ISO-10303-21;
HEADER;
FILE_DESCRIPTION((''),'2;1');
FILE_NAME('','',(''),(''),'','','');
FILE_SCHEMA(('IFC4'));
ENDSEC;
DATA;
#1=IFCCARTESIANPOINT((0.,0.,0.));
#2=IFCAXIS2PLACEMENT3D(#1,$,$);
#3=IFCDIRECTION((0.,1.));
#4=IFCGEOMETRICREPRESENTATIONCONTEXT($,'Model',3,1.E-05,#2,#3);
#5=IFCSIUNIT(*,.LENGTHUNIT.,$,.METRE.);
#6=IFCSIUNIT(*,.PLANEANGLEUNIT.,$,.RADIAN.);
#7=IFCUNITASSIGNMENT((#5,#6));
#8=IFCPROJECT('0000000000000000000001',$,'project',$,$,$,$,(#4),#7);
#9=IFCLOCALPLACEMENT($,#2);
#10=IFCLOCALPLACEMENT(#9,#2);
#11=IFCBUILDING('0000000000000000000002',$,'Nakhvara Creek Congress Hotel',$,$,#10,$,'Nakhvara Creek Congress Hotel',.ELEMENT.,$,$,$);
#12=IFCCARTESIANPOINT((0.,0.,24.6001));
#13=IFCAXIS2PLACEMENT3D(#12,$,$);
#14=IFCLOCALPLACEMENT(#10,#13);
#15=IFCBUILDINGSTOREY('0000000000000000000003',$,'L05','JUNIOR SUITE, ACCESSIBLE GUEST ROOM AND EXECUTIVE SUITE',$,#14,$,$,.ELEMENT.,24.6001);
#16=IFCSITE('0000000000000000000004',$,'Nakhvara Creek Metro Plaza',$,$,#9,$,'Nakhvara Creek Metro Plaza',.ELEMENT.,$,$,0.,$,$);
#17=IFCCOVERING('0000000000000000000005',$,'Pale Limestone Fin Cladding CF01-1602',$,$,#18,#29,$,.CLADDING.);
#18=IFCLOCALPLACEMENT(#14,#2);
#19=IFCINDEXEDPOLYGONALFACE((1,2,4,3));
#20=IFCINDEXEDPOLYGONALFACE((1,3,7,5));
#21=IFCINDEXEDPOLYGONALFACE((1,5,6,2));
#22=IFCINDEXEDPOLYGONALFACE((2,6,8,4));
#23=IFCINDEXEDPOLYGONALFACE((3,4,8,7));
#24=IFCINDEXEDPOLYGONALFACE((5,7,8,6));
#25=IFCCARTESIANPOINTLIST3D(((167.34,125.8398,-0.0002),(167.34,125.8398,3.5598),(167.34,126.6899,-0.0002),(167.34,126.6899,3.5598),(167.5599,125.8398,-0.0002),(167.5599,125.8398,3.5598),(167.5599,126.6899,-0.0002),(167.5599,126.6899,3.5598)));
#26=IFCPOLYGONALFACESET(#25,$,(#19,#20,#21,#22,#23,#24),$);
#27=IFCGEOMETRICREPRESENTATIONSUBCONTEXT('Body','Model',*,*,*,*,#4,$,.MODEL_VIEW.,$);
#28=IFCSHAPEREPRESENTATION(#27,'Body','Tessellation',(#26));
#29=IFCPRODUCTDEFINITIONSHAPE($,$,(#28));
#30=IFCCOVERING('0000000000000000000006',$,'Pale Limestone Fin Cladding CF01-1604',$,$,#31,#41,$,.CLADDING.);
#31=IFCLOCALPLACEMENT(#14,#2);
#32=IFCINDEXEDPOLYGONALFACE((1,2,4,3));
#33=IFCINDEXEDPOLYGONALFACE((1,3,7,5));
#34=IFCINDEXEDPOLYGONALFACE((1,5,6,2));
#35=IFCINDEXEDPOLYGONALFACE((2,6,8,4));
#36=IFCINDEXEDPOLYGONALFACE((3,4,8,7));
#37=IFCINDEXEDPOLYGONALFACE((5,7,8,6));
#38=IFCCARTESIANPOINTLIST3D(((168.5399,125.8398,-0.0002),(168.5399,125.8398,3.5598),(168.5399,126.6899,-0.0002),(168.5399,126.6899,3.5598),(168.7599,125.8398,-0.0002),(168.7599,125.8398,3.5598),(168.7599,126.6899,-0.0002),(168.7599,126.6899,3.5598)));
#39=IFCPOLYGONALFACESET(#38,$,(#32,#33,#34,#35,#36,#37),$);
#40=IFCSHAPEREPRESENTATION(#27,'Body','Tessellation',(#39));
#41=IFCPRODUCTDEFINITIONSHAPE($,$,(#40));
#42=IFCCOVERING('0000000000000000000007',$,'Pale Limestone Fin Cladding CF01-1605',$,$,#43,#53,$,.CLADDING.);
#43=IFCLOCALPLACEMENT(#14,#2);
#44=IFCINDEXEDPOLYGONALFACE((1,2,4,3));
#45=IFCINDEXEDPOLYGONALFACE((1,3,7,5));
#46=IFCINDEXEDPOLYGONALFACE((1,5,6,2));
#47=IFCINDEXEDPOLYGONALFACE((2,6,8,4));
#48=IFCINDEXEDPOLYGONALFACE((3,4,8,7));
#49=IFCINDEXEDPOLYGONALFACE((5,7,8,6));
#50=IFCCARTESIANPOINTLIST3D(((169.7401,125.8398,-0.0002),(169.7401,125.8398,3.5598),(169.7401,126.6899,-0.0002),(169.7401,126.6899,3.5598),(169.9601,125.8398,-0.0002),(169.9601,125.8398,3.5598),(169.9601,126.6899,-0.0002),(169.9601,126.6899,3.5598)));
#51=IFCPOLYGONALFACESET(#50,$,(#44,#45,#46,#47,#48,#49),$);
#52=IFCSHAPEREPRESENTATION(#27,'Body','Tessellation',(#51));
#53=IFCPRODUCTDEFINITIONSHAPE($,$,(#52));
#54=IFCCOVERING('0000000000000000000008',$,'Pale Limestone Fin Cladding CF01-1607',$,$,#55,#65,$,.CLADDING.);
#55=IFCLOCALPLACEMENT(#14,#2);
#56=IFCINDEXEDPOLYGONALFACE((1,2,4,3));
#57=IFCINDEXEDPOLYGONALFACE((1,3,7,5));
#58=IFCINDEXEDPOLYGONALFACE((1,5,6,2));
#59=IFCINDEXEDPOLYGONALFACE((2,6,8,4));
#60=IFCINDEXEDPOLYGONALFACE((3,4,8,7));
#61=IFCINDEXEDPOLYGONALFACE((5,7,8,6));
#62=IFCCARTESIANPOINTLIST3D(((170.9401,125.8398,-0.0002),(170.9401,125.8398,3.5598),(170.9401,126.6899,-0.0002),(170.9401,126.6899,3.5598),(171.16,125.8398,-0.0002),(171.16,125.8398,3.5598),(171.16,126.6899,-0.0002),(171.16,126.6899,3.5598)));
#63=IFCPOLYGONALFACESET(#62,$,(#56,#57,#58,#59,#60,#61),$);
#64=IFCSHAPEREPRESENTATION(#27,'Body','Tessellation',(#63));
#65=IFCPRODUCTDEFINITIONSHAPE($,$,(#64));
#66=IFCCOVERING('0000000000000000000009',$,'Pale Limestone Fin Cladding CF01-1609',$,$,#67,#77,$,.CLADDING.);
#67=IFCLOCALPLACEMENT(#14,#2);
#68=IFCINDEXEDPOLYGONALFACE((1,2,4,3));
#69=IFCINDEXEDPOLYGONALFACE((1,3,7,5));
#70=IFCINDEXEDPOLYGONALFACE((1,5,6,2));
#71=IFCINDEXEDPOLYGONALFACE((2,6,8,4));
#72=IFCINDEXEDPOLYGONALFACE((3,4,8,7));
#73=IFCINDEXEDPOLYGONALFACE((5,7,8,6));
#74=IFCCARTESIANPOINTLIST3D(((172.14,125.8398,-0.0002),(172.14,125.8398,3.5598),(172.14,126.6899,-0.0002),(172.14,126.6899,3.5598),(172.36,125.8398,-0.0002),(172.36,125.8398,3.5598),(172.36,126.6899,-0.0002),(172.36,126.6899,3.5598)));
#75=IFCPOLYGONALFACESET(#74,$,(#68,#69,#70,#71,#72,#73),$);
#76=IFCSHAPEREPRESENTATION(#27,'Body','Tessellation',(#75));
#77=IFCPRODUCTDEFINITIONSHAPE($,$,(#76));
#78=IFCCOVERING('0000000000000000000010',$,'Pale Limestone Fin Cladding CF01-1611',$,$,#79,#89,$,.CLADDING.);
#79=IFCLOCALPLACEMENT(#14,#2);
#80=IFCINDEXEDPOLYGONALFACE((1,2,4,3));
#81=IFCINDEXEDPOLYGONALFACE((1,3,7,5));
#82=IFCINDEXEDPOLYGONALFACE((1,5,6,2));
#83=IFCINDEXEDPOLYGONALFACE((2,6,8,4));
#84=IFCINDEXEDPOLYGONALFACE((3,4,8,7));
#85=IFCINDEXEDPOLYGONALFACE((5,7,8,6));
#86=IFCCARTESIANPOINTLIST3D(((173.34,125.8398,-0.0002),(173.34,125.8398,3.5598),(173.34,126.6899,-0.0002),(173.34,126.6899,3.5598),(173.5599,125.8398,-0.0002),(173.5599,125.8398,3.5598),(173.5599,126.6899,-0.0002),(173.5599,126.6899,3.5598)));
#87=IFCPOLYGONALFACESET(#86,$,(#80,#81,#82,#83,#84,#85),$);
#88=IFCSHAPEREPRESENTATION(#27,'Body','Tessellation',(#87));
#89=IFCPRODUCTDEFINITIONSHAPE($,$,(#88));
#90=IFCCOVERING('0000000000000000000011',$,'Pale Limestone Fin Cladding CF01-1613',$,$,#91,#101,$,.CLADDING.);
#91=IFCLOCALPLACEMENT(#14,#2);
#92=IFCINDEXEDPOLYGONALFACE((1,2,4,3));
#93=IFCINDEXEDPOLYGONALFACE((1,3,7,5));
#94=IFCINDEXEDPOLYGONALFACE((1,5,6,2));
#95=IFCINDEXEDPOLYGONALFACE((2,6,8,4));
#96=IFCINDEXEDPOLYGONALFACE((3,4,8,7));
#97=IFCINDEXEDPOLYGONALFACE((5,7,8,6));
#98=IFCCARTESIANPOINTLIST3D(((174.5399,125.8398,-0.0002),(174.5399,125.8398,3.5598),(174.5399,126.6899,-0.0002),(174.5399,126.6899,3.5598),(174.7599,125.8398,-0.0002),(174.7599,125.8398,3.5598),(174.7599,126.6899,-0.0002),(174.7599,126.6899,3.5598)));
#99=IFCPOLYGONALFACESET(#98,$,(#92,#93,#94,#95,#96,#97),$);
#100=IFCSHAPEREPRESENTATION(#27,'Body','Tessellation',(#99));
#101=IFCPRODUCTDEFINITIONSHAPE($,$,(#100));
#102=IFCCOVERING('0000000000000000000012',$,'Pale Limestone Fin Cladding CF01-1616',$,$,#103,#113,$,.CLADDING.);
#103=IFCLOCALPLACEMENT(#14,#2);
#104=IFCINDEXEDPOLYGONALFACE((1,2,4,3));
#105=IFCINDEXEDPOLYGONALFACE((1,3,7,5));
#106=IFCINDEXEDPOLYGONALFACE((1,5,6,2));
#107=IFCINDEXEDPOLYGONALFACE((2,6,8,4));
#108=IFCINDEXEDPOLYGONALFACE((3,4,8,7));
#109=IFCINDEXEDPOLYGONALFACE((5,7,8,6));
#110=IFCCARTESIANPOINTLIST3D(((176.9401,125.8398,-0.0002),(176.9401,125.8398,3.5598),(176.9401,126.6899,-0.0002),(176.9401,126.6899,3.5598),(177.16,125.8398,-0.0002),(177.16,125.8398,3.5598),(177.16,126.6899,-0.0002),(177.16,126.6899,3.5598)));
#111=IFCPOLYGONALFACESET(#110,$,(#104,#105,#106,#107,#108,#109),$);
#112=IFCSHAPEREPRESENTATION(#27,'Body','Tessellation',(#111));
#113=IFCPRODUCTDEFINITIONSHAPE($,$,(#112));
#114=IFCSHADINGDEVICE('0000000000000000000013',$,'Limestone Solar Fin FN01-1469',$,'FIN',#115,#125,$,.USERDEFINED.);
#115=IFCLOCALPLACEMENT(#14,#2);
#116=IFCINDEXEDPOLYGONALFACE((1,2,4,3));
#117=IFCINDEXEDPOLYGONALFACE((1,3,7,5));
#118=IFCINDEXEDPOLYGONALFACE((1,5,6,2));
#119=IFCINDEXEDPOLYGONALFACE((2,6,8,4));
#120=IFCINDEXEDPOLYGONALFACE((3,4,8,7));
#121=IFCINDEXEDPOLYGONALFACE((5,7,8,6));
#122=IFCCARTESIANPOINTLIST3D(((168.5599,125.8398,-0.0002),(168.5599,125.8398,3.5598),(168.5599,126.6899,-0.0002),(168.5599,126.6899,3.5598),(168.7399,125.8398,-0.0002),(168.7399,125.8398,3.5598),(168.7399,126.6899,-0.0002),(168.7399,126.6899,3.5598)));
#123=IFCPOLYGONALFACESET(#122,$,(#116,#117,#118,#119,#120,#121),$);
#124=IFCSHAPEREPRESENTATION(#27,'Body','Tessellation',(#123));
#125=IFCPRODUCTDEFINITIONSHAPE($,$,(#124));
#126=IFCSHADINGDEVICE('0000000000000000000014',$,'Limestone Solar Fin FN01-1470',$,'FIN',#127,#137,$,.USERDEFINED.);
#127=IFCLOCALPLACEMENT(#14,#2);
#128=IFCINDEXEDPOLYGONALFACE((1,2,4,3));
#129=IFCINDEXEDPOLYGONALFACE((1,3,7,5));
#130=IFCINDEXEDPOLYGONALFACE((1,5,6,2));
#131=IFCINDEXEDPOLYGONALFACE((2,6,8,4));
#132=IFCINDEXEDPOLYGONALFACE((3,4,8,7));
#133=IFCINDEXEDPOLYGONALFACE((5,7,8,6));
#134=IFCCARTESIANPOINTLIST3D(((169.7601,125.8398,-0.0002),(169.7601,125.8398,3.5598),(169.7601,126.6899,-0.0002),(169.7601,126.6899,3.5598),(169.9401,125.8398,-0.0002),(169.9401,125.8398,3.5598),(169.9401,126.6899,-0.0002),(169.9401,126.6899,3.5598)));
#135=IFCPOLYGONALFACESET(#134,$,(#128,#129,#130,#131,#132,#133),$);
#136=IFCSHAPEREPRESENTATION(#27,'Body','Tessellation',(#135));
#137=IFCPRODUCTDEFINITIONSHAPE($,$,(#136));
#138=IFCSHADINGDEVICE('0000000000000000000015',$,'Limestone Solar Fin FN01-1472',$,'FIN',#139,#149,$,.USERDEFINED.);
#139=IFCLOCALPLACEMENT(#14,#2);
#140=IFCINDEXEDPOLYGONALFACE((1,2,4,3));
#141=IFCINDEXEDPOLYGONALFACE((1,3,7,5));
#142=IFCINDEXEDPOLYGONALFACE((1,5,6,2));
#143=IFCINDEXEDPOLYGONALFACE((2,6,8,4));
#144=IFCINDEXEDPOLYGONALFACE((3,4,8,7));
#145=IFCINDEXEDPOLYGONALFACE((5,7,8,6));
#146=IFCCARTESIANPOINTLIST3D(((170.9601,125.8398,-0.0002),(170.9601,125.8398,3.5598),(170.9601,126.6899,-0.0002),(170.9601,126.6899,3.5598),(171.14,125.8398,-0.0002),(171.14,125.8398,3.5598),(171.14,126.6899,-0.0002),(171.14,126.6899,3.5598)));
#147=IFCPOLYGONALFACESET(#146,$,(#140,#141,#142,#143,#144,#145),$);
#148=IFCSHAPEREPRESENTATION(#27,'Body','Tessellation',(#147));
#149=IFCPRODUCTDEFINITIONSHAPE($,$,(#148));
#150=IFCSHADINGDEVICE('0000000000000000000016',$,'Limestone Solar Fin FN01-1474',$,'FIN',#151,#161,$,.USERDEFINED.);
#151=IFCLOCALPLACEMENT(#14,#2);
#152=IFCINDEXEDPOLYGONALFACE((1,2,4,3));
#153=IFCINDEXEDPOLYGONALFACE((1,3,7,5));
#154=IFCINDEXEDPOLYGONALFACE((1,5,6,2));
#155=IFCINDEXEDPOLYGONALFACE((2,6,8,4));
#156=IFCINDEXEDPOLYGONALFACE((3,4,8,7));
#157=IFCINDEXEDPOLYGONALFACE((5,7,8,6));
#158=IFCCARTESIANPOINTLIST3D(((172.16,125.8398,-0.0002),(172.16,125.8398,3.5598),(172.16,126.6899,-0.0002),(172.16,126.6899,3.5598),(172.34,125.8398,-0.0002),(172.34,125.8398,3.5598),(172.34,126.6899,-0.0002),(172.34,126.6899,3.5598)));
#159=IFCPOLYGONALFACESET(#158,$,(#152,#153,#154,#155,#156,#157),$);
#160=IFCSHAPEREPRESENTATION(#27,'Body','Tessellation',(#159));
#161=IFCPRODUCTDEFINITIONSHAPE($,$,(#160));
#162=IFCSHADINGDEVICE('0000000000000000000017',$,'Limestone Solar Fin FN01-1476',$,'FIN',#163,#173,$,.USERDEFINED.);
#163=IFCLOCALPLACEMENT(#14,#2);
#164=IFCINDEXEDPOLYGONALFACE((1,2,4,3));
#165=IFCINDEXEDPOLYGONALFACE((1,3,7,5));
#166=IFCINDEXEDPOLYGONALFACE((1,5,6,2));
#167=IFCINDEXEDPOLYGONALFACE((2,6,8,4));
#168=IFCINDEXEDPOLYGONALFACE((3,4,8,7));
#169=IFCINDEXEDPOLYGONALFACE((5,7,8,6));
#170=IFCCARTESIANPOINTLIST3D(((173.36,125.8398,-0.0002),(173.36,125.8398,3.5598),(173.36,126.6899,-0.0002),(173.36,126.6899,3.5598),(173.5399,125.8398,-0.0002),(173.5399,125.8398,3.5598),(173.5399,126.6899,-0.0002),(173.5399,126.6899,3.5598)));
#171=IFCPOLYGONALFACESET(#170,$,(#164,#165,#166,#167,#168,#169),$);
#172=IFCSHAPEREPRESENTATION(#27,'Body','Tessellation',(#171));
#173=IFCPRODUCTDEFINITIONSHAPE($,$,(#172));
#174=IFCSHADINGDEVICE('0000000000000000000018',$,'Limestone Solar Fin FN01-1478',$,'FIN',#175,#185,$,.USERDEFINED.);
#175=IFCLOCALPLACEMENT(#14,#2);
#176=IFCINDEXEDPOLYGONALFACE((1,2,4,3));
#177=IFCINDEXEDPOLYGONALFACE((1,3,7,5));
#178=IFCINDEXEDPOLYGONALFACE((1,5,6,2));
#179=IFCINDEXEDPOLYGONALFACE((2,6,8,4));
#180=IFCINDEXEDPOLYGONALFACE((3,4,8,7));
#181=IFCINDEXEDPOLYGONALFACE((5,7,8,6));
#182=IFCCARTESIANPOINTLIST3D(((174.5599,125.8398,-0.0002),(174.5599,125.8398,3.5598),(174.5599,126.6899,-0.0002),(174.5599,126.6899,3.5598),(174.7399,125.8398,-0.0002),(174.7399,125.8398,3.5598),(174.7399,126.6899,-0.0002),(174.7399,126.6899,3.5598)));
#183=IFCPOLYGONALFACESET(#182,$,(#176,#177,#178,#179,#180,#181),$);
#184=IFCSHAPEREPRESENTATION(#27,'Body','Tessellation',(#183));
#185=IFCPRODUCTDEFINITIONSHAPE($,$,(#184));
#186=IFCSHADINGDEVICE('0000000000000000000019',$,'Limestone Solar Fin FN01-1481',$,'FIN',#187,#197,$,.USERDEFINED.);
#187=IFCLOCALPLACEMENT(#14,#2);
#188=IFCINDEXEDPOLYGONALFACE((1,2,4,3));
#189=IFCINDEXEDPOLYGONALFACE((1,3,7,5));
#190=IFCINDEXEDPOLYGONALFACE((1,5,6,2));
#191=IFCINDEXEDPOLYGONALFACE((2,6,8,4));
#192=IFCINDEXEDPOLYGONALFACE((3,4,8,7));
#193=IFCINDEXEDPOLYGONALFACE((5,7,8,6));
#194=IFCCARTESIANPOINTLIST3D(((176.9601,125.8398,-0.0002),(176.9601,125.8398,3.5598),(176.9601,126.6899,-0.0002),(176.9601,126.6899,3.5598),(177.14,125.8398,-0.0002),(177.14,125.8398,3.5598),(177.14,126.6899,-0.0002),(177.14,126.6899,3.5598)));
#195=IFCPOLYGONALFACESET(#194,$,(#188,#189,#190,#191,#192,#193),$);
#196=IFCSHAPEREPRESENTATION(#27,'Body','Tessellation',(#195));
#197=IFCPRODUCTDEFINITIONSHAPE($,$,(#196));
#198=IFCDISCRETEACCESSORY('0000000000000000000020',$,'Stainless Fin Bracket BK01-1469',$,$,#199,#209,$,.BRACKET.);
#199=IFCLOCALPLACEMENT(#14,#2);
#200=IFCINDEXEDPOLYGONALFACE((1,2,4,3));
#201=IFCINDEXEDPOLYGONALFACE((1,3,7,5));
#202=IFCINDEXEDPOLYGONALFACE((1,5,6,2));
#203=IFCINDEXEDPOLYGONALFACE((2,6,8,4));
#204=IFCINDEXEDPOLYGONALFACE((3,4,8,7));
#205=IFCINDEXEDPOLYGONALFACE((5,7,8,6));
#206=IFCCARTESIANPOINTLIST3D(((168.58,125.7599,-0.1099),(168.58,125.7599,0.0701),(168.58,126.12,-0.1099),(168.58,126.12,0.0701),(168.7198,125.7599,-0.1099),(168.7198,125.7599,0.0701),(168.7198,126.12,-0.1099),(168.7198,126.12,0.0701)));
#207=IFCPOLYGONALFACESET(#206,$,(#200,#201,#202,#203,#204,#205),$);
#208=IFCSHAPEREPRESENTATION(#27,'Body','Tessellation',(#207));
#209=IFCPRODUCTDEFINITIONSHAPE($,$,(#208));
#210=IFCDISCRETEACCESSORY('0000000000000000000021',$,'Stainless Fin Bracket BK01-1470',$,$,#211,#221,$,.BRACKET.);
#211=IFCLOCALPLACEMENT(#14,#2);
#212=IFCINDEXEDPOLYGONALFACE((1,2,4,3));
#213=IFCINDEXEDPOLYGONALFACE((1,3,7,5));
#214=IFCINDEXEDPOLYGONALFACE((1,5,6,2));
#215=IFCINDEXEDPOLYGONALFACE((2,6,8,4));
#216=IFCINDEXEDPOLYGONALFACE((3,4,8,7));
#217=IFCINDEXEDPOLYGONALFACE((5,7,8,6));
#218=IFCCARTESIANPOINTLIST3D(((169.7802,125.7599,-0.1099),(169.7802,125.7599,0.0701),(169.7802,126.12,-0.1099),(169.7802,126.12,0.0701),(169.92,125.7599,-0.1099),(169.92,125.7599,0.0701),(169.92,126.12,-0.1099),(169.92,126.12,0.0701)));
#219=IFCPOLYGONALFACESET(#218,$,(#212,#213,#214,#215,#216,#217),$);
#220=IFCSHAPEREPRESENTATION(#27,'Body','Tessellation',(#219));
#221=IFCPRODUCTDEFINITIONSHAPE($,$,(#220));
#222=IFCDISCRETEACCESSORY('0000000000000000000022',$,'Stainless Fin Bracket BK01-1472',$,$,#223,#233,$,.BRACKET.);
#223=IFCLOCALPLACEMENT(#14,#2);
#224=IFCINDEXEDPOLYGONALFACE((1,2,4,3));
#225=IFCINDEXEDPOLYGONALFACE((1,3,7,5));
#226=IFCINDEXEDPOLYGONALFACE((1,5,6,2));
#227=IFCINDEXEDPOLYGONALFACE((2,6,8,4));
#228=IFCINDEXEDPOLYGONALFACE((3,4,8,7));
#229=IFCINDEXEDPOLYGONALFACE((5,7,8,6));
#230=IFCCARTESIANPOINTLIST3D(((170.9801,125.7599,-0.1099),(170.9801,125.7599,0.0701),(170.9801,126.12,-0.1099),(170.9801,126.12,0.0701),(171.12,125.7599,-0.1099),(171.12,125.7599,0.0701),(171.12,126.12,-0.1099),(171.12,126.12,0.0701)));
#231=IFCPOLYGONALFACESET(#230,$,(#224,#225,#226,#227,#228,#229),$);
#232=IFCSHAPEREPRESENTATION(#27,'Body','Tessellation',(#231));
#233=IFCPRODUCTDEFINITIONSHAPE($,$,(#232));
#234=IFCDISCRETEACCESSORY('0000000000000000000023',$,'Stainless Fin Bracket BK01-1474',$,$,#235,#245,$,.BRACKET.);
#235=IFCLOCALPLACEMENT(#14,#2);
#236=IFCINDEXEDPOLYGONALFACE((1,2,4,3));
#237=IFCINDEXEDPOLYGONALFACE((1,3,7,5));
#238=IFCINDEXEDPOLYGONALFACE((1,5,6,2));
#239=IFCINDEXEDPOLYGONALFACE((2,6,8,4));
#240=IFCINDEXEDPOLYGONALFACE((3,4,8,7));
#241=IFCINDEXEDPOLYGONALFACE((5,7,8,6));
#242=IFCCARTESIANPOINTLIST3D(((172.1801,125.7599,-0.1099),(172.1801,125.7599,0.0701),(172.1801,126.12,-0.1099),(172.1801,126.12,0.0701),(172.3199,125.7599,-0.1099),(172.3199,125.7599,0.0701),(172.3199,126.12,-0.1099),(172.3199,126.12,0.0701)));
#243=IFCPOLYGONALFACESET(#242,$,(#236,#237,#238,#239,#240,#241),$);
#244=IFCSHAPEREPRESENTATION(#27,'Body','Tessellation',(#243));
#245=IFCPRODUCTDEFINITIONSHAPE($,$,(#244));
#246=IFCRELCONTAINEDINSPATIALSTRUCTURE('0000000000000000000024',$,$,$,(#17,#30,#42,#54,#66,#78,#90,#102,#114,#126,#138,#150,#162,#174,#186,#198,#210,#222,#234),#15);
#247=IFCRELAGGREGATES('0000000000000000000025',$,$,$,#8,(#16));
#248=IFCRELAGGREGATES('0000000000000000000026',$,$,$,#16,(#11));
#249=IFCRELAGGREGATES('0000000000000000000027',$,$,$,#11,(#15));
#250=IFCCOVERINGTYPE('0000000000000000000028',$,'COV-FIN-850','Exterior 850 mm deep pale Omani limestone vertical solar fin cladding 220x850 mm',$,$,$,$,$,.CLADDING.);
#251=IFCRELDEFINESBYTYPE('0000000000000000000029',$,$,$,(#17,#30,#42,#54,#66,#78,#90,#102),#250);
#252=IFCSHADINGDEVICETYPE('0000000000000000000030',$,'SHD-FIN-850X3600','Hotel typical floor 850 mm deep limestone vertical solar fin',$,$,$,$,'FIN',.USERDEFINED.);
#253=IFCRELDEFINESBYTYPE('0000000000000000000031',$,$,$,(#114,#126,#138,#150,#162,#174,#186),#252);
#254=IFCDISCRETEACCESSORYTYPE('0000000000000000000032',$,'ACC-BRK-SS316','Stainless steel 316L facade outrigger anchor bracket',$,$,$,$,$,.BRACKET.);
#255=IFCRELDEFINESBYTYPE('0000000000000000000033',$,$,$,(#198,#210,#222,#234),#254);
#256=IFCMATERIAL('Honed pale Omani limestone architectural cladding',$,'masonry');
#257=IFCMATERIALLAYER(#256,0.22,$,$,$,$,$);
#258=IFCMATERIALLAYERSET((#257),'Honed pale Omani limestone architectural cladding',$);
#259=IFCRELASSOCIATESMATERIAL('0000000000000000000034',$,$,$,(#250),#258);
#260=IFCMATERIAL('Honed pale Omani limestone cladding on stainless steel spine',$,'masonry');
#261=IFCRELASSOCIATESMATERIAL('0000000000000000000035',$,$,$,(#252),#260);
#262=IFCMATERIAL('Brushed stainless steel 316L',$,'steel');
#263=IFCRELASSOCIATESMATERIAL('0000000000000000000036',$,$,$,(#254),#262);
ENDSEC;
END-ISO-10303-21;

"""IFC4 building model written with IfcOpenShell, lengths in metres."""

from ifc_helpers import new_model, si_unit, direction, frame, origin, origin_2d, place, context, subcontext, project, spatial, rectangle, extrude, material, layer, layer_set, type_object, element, save


model = new_model("IFC4")

# Units and contexts
model_context = context("Model", 3, precision=1e-05, world=origin(), true_north=direction((0.0, 1.0)))
body_context = subcontext(model_context, "Body", "Model", "MODEL_VIEW")
ifc_project = project(units=[si_unit("LENGTHUNIT", "METRE"), si_unit("PLANEANGLEUNIT", "RADIAN")], contexts=[model_context])

# Site, building, storey
site_placement = place(None, origin())
site = spatial("IfcSite", under=ifc_project, at=site_placement, Name="Nakhvara Creek Metro Plaza", LongName="Nakhvara Creek Metro Plaza", CompositionType="ELEMENT", RefElevation=0.0)
building_placement = place(site_placement, origin())
building = spatial("IfcBuilding", under=site, at=building_placement, Name="Nakhvara Creek Congress Hotel", LongName="Nakhvara Creek Congress Hotel", CompositionType="ELEMENT")
storey_placement = place(building_placement, frame((0.0, 0.0, 24.6001)))
storey = spatial("IfcBuildingStorey", under=building, at=storey_placement, Name="L05", Description="JUNIOR SUITE, ACCESSIBLE GUEST ROOM AND EXECUTIVE SUITE", CompositionType="ELEMENT", Elevation=24.6001)

# Coverings
ifc_material_1 = material(Name="Honed pale Omani limestone architectural cladding", Category="masonry")
ifc_layer_1 = layer(ifc_material_1, 0.22)
ifc_layer_set_1 = layer_set([ifc_layer_1], Name="Honed pale Omani limestone architectural cladding")
covering_type = type_object("IfcCoveringType", Name="COV-FIN-850", Description="Exterior 850 mm deep pale Omani limestone vertical solar fin cladding 220x850 mm", PredefinedType="CLADDING", material=ifc_layer_set_1)
for number, where, z_axis, x_axis, name in (
    (1, (167.45, 126.2649, -0.0002), (0.0, 0.0, 1.0), (1.0, 0.0, 0.0), "Pale Limestone Fin Cladding CF01-1602"),
    (2, (168.6499, 126.2649, -0.0002), (0.0, 0.0, 1.0), (1.0, 0.0, 0.0), "Pale Limestone Fin Cladding CF01-1604"),
    (3, (169.8501, 126.2649, -0.0002), (0.0, 0.0, 1.0), (1.0, 0.0, 0.0), "Pale Limestone Fin Cladding CF01-1605"),
    (4, (171.05, 126.2649, -0.0002), (0.0, 0.0, 1.0), (1.0, 0.0, 0.0), "Pale Limestone Fin Cladding CF01-1607"),
    (5, (172.25, 126.2649, -0.0002), (0.0, 0.0, 1.0), (1.0, 0.0, 0.0), "Pale Limestone Fin Cladding CF01-1609"),
    (6, (173.45, 126.2649, -0.0002), (0.0, 0.0, 1.0), (1.0, 0.0, 0.0), "Pale Limestone Fin Cladding CF01-1611"),
    (7, (174.6499, 126.2649, -0.0002), (0.0, 0.0, 1.0), (1.0, 0.0, 0.0), "Pale Limestone Fin Cladding CF01-1613"),
    (8, (177.05, 126.2649, -0.0002), (0.0, 0.0, 1.0), (1.0, 0.0, 0.0), "Pale Limestone Fin Cladding CF01-1616"),
):
    element("IfcCovering", number, at=place(storey_placement, frame(where, z_axis=z_axis, x_axis=x_axis)), inside=storey, type_object=covering_type, Name=name, PredefinedType="CLADDING", context=body_context, shape_type="SweptSolid", body=[
        extrude(rectangle(XDim=0.22, YDim=0.8501, at=origin_2d()), origin(), (0.0, 0.0, 1.0), 3.5601),
    ])

# Shading devices
ifc_material_2 = material(Name="Honed pale Omani limestone cladding on stainless steel spine", Category="masonry")
shading_device_type = type_object("IfcShadingDeviceType", Name="SHD-FIN-850X3600", Description="Hotel typical floor 850 mm deep limestone vertical solar fin", ElementType="FIN", PredefinedType="USERDEFINED", material=ifc_material_2)
for number, where, z_axis, x_axis, name in (
    (9, (168.6499, 126.2649, -0.0002), (0.0, 0.0, 1.0), (1.0, 0.0, 0.0), "Limestone Solar Fin FN01-1469"),
    (10, (169.8501, 126.2649, -0.0002), (0.0, 0.0, 1.0), (1.0, 0.0, 0.0), "Limestone Solar Fin FN01-1470"),
    (11, (171.05, 126.2649, -0.0002), (0.0, 0.0, 1.0), (1.0, 0.0, 0.0), "Limestone Solar Fin FN01-1472"),
    (12, (172.25, 126.2649, -0.0002), (0.0, 0.0, 1.0), (1.0, 0.0, 0.0), "Limestone Solar Fin FN01-1474"),
    (13, (173.45, 126.2649, -0.0002), (0.0, 0.0, 1.0), (1.0, 0.0, 0.0), "Limestone Solar Fin FN01-1476"),
    (14, (174.6499, 126.2649, -0.0002), (0.0, 0.0, 1.0), (1.0, 0.0, 0.0), "Limestone Solar Fin FN01-1478"),
    (15, (177.05, 126.2649, -0.0002), (0.0, 0.0, 1.0), (1.0, 0.0, 0.0), "Limestone Solar Fin FN01-1481"),
):
    element("IfcShadingDevice", number, at=place(storey_placement, frame(where, z_axis=z_axis, x_axis=x_axis)), inside=storey, type_object=shading_device_type, Name=name, ObjectType="FIN", PredefinedType="USERDEFINED", context=body_context, shape_type="SweptSolid", body=[
        extrude(rectangle(XDim=0.1799, YDim=0.8501, at=origin_2d()), origin(), (0.0, 0.0, 1.0), 3.5601),
    ])

# Discrete accessories
ifc_material_3 = material(Name="Brushed stainless steel 316L", Category="steel")
discrete_accessory_type = type_object("IfcDiscreteAccessoryType", Name="ACC-BRK-SS316", Description="Stainless steel 316L facade outrigger anchor bracket", PredefinedType="BRACKET", material=ifc_material_3)
for number, where, z_axis, x_axis, name in (
    (16, (168.6499, 125.9399, -0.1099), (0.0, 0.0, 1.0), (1.0, 0.0, 0.0), "Stainless Fin Bracket BK01-1469"),
    (17, (169.8501, 125.9399, -0.1099), (0.0, 0.0, 1.0), (1.0, 0.0, 0.0), "Stainless Fin Bracket BK01-1470"),
    (18, (171.05, 125.9399, -0.1099), (0.0, 0.0, 1.0), (1.0, 0.0, 0.0), "Stainless Fin Bracket BK01-1472"),
    (19, (172.25, 125.9399, -0.1099), (0.0, 0.0, 1.0), (1.0, 0.0, 0.0), "Stainless Fin Bracket BK01-1474"),
):
    element("IfcDiscreteAccessory", number, at=place(storey_placement, frame(where, z_axis=z_axis, x_axis=x_axis)), inside=storey, type_object=discrete_accessory_type, Name=name, PredefinedType="BRACKET", context=body_context, shape_type="SweptSolid", body=[
        extrude(rectangle(XDim=0.1399, YDim=0.3601, at=origin_2d()), origin(), (0.0, 0.0, 1.0), 0.1799),
    ])

save(model, "model.ifc")
